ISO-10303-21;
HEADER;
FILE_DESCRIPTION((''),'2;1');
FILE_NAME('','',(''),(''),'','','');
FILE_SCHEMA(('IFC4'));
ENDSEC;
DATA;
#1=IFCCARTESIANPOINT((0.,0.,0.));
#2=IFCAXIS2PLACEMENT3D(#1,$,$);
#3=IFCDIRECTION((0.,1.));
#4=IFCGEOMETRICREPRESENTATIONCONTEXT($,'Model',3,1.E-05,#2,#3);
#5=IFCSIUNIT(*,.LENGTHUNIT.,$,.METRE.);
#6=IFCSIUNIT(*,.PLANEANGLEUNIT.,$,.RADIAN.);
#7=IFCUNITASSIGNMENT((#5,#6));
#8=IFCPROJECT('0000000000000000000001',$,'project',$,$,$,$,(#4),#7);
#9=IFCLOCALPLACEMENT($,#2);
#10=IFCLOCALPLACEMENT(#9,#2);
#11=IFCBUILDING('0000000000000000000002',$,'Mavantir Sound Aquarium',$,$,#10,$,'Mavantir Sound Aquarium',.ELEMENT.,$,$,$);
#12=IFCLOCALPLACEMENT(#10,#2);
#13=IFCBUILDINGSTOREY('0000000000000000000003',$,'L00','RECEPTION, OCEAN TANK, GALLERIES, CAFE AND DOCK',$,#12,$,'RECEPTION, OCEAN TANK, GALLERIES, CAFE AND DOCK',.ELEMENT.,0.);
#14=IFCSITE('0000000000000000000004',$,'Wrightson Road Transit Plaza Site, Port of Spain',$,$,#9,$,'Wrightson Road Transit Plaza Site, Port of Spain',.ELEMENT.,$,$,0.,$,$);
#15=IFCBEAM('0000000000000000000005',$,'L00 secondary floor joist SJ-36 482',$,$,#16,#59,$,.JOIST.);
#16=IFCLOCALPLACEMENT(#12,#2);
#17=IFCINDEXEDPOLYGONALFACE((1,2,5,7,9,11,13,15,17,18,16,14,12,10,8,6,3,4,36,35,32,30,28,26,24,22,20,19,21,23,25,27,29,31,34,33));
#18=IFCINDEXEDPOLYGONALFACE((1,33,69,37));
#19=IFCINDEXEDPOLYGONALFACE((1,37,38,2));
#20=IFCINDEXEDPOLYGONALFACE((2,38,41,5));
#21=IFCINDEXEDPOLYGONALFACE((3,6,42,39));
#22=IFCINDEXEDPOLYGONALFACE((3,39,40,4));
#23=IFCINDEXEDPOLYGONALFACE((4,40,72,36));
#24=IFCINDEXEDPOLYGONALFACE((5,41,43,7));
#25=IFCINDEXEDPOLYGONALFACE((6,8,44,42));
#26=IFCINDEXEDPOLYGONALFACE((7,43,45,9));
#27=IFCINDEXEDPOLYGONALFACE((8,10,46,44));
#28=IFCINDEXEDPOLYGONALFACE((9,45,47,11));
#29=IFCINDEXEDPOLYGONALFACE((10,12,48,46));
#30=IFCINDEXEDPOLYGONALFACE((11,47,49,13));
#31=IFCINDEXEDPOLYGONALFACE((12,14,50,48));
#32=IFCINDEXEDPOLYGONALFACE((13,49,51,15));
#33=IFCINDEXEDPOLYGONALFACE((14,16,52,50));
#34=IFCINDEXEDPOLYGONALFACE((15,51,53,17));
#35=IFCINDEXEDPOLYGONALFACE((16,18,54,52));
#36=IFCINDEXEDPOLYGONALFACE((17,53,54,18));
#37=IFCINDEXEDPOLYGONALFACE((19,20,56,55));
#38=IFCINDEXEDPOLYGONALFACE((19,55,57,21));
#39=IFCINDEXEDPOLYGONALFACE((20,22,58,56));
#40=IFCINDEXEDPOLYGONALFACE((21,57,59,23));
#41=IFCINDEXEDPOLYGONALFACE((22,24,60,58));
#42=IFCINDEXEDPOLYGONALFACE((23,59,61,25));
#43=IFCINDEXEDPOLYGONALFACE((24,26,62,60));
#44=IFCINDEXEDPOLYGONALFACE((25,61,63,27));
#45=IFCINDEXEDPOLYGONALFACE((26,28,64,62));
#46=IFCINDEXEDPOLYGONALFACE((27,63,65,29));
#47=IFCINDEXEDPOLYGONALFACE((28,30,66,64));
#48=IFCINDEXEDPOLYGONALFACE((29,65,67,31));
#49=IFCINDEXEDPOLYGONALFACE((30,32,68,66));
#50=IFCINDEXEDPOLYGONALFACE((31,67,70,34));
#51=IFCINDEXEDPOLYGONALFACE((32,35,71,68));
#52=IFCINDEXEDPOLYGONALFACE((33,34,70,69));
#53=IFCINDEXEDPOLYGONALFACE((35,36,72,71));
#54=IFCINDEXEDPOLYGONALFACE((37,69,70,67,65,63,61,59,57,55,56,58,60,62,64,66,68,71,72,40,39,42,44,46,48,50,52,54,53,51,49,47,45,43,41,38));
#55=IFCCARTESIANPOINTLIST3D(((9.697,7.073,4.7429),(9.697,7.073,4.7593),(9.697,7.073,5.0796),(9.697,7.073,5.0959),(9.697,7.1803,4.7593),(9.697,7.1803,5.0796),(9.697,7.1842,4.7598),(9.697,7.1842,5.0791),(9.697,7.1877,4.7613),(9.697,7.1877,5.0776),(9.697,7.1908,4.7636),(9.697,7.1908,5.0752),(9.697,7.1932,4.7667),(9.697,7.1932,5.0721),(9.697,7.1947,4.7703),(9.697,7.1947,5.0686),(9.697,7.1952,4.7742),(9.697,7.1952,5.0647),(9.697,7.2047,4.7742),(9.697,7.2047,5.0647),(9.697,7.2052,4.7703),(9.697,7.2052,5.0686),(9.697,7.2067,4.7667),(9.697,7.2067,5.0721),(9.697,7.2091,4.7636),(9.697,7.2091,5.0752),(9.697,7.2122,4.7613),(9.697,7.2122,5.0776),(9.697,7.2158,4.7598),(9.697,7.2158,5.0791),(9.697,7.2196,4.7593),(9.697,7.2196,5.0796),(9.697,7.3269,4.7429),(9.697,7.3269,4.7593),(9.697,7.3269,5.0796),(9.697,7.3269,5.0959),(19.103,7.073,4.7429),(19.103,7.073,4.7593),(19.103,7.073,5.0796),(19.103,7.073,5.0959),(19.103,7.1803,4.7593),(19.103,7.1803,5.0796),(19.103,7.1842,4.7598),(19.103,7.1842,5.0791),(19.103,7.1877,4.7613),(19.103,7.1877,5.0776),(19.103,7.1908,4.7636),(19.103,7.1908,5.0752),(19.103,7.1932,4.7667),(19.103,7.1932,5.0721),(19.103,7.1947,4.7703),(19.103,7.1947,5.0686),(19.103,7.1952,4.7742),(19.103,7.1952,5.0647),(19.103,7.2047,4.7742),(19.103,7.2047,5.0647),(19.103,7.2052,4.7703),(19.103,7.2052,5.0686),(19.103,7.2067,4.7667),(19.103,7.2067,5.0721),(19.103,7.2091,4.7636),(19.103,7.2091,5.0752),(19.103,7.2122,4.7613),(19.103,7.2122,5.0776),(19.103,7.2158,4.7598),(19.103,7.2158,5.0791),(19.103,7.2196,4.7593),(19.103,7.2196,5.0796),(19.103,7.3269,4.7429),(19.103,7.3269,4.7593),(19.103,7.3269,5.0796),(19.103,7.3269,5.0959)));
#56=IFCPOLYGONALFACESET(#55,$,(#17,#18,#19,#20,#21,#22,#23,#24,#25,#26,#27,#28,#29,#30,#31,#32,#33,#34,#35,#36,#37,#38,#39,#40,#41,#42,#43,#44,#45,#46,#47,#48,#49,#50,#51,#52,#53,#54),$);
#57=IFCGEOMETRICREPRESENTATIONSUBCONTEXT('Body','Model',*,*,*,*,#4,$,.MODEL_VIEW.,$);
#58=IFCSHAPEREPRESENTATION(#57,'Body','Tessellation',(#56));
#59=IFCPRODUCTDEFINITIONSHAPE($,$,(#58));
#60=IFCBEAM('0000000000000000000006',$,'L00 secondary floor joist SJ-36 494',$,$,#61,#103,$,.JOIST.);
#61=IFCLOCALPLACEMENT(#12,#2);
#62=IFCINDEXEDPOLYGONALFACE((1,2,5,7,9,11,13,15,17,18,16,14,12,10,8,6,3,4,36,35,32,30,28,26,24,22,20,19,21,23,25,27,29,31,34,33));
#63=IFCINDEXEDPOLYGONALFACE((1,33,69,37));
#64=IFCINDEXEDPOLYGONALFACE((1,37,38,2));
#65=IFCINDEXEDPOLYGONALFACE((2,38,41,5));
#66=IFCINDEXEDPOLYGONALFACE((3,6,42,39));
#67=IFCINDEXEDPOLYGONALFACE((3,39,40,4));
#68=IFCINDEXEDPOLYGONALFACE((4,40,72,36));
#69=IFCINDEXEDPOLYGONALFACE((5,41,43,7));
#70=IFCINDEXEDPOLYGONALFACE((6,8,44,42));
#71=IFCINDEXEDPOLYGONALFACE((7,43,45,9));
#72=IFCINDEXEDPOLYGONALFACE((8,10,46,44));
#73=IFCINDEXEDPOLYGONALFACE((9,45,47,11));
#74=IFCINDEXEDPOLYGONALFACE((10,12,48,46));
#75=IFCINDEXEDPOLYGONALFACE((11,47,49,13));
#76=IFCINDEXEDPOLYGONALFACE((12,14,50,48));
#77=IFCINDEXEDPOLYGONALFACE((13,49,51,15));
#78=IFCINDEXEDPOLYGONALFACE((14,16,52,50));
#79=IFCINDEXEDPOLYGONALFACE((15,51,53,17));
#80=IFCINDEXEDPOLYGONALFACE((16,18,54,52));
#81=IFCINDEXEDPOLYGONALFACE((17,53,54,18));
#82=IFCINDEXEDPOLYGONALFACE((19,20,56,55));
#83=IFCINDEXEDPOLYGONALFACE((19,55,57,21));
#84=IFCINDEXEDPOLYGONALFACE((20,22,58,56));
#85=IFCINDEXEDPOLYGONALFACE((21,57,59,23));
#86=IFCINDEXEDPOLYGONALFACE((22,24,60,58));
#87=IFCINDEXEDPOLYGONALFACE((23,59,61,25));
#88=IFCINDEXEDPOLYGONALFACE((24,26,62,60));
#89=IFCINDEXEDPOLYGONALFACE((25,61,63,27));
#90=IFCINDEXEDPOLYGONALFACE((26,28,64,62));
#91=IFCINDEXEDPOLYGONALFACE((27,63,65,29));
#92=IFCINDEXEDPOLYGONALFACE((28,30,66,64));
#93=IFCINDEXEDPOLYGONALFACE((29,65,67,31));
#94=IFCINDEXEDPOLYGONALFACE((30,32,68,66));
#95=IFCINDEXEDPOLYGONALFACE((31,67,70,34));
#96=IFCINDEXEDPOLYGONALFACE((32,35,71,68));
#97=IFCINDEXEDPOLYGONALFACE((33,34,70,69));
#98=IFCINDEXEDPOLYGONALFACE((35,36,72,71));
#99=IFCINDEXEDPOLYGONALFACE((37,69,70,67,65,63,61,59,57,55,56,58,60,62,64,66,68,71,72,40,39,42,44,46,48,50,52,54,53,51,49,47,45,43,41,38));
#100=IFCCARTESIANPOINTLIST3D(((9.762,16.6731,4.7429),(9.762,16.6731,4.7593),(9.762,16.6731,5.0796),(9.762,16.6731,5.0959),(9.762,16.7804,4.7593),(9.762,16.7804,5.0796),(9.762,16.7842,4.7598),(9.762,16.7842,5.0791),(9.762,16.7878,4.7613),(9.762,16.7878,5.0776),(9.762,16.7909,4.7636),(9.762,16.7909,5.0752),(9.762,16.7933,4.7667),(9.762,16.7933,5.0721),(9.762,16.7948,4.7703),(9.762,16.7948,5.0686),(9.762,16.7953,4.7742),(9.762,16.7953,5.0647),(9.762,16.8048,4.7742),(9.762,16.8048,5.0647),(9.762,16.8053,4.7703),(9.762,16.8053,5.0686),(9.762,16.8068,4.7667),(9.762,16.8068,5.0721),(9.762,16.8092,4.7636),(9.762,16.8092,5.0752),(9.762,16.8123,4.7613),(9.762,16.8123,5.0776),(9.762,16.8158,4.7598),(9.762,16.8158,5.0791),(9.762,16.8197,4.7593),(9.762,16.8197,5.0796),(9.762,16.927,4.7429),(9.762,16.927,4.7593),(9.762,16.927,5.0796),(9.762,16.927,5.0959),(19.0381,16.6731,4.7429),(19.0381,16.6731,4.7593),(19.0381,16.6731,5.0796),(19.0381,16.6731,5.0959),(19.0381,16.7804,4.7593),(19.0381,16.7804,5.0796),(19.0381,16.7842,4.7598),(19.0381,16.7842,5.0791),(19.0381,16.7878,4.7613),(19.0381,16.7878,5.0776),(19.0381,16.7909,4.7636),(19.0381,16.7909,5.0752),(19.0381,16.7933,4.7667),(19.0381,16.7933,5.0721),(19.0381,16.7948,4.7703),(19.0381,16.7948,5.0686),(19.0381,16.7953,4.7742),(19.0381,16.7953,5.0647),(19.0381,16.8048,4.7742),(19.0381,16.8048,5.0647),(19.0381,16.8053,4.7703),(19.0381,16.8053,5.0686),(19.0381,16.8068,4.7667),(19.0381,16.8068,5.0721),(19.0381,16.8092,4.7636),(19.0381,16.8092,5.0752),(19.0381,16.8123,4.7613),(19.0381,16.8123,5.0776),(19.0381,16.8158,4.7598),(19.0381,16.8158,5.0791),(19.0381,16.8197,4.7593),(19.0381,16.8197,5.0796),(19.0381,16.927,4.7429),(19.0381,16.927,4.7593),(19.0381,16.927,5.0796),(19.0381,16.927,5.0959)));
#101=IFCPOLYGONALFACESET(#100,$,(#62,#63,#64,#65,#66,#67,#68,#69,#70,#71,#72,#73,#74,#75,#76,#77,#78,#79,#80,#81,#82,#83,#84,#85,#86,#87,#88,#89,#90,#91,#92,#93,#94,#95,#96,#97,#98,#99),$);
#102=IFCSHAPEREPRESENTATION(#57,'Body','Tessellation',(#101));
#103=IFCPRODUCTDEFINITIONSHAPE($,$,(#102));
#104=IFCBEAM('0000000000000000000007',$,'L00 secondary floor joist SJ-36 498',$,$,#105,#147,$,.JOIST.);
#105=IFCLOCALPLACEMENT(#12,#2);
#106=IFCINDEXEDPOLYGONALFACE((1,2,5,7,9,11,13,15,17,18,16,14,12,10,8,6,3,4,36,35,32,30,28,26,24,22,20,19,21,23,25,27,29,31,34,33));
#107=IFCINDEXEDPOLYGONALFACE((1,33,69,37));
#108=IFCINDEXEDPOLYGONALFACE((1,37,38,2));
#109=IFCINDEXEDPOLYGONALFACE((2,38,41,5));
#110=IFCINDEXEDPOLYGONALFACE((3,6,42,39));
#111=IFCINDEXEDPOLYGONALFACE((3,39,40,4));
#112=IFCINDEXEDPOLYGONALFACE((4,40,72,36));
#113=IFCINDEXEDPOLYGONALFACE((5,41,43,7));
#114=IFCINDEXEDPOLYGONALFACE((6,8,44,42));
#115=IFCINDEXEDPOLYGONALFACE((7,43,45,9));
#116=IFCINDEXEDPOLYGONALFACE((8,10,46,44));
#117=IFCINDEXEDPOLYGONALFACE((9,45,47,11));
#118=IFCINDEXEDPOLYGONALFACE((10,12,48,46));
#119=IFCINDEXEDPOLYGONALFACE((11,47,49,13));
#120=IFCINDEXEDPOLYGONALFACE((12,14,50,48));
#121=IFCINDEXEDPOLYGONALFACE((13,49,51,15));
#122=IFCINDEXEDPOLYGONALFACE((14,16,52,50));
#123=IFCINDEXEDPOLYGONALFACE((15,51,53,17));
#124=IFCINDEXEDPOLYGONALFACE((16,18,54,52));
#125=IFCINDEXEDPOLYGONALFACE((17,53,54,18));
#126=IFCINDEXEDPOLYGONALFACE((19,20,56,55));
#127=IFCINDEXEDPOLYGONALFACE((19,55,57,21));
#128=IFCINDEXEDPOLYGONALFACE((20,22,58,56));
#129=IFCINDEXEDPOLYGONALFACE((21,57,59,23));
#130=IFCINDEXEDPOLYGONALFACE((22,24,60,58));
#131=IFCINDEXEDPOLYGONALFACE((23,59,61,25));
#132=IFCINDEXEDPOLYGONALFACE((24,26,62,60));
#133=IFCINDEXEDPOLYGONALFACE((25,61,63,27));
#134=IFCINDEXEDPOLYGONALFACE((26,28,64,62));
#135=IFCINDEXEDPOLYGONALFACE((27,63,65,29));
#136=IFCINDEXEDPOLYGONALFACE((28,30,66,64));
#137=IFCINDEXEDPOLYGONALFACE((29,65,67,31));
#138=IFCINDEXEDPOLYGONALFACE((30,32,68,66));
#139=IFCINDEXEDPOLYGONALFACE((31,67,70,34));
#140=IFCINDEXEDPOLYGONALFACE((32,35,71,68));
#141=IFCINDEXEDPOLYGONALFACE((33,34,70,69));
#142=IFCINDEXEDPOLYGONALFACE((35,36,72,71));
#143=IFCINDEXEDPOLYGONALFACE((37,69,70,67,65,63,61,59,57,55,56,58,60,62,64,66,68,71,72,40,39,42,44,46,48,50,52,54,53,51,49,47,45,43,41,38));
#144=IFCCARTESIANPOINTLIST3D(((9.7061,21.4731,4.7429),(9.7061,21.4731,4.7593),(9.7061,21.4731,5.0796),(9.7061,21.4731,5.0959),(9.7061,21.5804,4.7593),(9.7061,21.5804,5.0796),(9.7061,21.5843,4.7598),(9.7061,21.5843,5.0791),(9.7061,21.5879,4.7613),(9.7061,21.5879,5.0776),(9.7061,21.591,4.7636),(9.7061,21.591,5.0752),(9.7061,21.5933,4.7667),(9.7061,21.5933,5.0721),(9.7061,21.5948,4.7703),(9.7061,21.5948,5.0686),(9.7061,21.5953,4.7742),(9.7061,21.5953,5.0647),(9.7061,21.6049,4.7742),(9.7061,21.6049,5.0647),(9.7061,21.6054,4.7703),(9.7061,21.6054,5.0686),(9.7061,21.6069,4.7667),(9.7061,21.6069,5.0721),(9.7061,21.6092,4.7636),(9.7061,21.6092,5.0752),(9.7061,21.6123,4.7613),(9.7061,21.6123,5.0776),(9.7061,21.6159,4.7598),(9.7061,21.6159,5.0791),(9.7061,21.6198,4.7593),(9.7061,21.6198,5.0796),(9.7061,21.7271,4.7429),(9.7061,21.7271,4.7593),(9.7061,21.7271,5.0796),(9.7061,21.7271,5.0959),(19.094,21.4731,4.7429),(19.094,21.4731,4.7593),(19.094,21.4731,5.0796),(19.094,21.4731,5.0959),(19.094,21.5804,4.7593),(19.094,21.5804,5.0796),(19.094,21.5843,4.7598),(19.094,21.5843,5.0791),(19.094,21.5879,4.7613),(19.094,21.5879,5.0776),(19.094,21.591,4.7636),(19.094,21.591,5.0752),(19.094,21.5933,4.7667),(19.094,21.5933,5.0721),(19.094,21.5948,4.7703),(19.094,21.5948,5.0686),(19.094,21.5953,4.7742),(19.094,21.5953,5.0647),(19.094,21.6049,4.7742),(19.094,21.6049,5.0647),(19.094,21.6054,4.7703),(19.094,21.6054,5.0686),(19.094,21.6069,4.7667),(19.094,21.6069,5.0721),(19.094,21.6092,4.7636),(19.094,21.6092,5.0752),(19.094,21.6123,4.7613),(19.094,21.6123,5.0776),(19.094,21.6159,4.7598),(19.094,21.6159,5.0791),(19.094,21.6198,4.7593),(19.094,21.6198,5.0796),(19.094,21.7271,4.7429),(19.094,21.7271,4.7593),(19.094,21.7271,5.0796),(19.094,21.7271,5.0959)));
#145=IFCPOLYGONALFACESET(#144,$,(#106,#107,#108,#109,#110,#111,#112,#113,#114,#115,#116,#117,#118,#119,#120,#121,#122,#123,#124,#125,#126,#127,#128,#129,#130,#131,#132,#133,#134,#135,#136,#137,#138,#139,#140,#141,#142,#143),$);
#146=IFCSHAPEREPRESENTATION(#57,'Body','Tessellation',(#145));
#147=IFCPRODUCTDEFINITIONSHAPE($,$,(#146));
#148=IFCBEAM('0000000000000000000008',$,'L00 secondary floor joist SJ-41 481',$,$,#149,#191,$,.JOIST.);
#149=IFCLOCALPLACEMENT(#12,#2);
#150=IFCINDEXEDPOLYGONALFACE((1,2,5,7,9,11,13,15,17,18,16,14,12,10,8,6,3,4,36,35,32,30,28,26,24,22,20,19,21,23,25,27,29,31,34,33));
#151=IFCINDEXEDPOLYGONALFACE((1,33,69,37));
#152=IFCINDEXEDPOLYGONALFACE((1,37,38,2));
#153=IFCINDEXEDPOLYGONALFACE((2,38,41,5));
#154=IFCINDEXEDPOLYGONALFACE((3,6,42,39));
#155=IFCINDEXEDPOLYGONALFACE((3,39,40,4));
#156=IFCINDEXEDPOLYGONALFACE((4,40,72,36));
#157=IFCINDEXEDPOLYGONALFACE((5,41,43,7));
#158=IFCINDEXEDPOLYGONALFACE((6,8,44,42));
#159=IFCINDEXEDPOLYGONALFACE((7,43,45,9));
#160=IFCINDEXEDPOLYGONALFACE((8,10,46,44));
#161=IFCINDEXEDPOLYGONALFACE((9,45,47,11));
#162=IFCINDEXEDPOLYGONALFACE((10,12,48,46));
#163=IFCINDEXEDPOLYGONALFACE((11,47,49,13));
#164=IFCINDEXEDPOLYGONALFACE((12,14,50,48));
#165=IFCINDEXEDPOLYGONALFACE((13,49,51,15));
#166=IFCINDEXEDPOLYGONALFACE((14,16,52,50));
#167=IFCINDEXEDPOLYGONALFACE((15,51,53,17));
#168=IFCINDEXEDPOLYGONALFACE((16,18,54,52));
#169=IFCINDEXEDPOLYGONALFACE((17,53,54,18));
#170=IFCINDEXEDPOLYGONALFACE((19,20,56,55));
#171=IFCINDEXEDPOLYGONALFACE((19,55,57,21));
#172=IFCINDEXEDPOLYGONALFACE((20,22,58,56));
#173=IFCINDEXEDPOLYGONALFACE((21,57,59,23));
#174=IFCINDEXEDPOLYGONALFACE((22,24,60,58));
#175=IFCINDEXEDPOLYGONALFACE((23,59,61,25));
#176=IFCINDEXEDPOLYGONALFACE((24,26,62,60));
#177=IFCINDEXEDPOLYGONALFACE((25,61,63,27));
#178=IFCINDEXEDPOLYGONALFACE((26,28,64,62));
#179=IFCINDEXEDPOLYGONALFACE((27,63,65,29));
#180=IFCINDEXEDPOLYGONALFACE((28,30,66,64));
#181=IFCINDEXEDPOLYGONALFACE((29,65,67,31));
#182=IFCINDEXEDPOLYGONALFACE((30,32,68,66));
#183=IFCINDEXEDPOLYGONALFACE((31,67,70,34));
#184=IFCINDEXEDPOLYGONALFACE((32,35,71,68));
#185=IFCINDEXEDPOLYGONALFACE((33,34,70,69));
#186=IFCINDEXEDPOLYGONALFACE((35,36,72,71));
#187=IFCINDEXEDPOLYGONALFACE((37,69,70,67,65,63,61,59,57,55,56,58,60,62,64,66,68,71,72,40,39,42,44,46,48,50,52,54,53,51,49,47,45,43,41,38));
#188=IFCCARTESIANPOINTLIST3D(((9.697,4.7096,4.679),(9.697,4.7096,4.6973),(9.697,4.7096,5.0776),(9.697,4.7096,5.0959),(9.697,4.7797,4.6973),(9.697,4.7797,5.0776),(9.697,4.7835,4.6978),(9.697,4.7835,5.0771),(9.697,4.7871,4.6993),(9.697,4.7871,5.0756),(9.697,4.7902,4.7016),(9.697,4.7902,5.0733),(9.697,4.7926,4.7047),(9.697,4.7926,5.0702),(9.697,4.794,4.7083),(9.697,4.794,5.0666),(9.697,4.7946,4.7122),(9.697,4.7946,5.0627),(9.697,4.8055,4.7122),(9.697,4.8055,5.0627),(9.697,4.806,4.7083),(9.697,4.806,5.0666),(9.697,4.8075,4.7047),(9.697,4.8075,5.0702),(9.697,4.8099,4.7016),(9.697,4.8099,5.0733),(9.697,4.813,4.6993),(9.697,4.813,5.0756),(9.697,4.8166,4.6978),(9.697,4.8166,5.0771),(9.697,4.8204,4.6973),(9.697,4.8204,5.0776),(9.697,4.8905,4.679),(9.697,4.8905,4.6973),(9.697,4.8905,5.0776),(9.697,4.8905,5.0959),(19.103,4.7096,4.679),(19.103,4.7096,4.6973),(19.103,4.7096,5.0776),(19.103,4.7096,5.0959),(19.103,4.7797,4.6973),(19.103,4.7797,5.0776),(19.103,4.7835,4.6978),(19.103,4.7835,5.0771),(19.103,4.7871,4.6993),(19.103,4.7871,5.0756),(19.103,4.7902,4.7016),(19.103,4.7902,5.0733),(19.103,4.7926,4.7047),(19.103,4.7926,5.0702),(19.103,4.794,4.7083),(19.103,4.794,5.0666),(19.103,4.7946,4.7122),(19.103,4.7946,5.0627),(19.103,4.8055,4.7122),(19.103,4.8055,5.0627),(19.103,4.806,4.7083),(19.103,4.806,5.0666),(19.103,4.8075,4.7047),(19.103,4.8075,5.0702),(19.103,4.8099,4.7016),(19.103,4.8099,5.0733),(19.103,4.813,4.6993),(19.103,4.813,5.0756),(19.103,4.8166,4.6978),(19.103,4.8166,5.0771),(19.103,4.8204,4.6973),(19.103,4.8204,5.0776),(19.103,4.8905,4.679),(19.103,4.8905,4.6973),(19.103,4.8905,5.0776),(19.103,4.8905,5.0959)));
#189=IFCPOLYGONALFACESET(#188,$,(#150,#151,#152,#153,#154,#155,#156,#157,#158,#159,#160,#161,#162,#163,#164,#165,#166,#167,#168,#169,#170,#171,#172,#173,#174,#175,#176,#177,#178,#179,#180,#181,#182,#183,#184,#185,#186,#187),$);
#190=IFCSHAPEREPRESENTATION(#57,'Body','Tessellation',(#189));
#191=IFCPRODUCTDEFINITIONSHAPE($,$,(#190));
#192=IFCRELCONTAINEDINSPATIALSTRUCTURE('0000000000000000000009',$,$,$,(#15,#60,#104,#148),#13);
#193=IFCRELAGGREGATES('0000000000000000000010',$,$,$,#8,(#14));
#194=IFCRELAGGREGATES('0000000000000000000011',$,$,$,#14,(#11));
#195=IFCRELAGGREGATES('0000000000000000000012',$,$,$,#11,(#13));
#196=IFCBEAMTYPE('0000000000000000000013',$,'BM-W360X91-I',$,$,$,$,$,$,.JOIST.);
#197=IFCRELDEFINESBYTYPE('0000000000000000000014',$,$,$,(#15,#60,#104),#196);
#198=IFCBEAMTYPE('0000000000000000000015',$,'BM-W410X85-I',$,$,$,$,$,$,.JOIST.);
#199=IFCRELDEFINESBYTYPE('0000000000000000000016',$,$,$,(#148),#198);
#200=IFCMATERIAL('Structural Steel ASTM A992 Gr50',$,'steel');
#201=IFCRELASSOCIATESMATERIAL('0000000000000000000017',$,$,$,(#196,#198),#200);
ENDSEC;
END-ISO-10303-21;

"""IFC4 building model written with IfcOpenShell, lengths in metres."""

from ifc_helpers import new_model, si_unit, direction, frame, origin, origin_2d, place, context, subcontext, project, spatial, i_section, extrude, material, material_profile, profile_set, type_object, element, save


model = new_model("IFC4")

# Units and contexts
model_context = context("Model", 3, precision=1e-05, world=origin(), true_north=direction((0.0, 1.0)))
body_context = subcontext(model_context, "Body", "Model", "MODEL_VIEW")
ifc_project = project(units=[si_unit("LENGTHUNIT", "METRE"), si_unit("PLANEANGLEUNIT", "RADIAN")], contexts=[model_context])

# Site, building, storey
site_placement = place(None, origin())
site = spatial("IfcSite", under=ifc_project, at=site_placement, Name="Wrightson Road Transit Plaza Site, Port of Spain", LongName="Wrightson Road Transit Plaza Site, Port of Spain", CompositionType="ELEMENT", RefElevation=0.0)
building_placement = place(site_placement, origin())
building = spatial("IfcBuilding", under=site, at=building_placement, Name="Mavantir Sound Aquarium", LongName="Mavantir Sound Aquarium", CompositionType="ELEMENT")
storey_placement = place(building_placement, origin())
storey = spatial("IfcBuildingStorey", under=building, at=storey_placement, Name="L00", Description="RECEPTION, OCEAN TANK, GALLERIES, CAFE AND DOCK", LongName="RECEPTION, OCEAN TANK, GALLERIES, CAFE AND DOCK", CompositionType="ELEMENT", Elevation=0.0)

# Beams
ifc_material_1 = material(Name="Structural Steel ASTM A992 Gr50", Category="steel")
ifc_material_profile_1 = material_profile(ifc_material_1, i_section(OverallWidth=0.2539, OverallDepth=0.353, WebThickness=0.0095, FlangeThickness=0.0164, FilletRadius=0.0149, at=origin_2d()), Name="W360X91")
ifc_profile_set_1 = profile_set([ifc_material_profile_1], Name="Structural Steel ASTM A992 Gr50")
beam_type_1 = type_object("IfcBeamType", Name="BM-W360X91-I", PredefinedType="JOIST", material=ifc_profile_set_1)
beam_1_placement = place(storey_placement, frame((9.697, 7.2, 4.9194), z_axis=(1.0, 0.0, 0.0), x_axis=(0.0, 1.0, 0.0)))
element("IfcBeam", 1, at=beam_1_placement, inside=storey, type_object=beam_type_1, Name="L00 secondary floor joist SJ-36 482", PredefinedType="JOIST", context=body_context, shape_type="SweptSolid", body=[
    extrude(i_section(OverallWidth=0.2539, OverallDepth=0.353, WebThickness=0.0095, FlangeThickness=0.0164, FilletRadius=0.0149, at=origin_2d()), origin(), (0.0, 0.0, 1.0), 9.406),
])
beam_2_placement = place(storey_placement, frame((9.762, 16.8, 4.9194), z_axis=(1.0, 0.0, 0.0), x_axis=(0.0, 1.0, 0.0)))
element("IfcBeam", 2, at=beam_2_placement, inside=storey, type_object=beam_type_1, Name="L00 secondary floor joist SJ-36 494", PredefinedType="JOIST", context=body_context, shape_type="SweptSolid", body=[
    extrude(i_section(OverallWidth=0.2539, OverallDepth=0.353, WebThickness=0.0095, FlangeThickness=0.0164, FilletRadius=0.0149, at=origin_2d()), origin(), (0.0, 0.0, 1.0), 9.2761),
])
beam_3_placement = place(storey_placement, frame((9.7061, 21.6001, 4.9194), z_axis=(1.0, 0.0, 0.0), x_axis=(0.0, 1.0, 0.0)))
element("IfcBeam", 3, at=beam_3_placement, inside=storey, type_object=beam_type_1, Name="L00 secondary floor joist SJ-36 498", PredefinedType="JOIST", context=body_context, shape_type="SweptSolid", body=[
    extrude(i_section(OverallWidth=0.2539, OverallDepth=0.353, WebThickness=0.0095, FlangeThickness=0.0164, FilletRadius=0.0149, at=origin_2d()), origin(), (0.0, 0.0, 1.0), 9.3879),
])
ifc_material_profile_2 = material_profile(ifc_material_1, i_section(OverallWidth=0.1809, OverallDepth=0.417, WebThickness=0.011, FlangeThickness=0.0183, FilletRadius=0.0149, at=origin_2d()), Name="W410X85")
ifc_profile_set_2 = profile_set([ifc_material_profile_2], Name="Structural Steel ASTM A992 Gr50")
beam_type_2 = type_object("IfcBeamType", Name="BM-W410X85-I", PredefinedType="JOIST", material=ifc_profile_set_2)
beam_4_placement = place(storey_placement, frame((9.697, 4.8, 4.8875), z_axis=(1.0, 0.0, 0.0), x_axis=(0.0, 1.0, 0.0)))
element("IfcBeam", 4, at=beam_4_placement, inside=storey, type_object=beam_type_2, Name="L00 secondary floor joist SJ-41 481", PredefinedType="JOIST", context=body_context, shape_type="SweptSolid", body=[
    extrude(i_section(OverallWidth=0.1809, OverallDepth=0.417, WebThickness=0.011, FlangeThickness=0.0183, FilletRadius=0.0149, at=origin_2d()), origin(), (0.0, 0.0, 1.0), 9.406),
])

save(model, "model.ifc")
